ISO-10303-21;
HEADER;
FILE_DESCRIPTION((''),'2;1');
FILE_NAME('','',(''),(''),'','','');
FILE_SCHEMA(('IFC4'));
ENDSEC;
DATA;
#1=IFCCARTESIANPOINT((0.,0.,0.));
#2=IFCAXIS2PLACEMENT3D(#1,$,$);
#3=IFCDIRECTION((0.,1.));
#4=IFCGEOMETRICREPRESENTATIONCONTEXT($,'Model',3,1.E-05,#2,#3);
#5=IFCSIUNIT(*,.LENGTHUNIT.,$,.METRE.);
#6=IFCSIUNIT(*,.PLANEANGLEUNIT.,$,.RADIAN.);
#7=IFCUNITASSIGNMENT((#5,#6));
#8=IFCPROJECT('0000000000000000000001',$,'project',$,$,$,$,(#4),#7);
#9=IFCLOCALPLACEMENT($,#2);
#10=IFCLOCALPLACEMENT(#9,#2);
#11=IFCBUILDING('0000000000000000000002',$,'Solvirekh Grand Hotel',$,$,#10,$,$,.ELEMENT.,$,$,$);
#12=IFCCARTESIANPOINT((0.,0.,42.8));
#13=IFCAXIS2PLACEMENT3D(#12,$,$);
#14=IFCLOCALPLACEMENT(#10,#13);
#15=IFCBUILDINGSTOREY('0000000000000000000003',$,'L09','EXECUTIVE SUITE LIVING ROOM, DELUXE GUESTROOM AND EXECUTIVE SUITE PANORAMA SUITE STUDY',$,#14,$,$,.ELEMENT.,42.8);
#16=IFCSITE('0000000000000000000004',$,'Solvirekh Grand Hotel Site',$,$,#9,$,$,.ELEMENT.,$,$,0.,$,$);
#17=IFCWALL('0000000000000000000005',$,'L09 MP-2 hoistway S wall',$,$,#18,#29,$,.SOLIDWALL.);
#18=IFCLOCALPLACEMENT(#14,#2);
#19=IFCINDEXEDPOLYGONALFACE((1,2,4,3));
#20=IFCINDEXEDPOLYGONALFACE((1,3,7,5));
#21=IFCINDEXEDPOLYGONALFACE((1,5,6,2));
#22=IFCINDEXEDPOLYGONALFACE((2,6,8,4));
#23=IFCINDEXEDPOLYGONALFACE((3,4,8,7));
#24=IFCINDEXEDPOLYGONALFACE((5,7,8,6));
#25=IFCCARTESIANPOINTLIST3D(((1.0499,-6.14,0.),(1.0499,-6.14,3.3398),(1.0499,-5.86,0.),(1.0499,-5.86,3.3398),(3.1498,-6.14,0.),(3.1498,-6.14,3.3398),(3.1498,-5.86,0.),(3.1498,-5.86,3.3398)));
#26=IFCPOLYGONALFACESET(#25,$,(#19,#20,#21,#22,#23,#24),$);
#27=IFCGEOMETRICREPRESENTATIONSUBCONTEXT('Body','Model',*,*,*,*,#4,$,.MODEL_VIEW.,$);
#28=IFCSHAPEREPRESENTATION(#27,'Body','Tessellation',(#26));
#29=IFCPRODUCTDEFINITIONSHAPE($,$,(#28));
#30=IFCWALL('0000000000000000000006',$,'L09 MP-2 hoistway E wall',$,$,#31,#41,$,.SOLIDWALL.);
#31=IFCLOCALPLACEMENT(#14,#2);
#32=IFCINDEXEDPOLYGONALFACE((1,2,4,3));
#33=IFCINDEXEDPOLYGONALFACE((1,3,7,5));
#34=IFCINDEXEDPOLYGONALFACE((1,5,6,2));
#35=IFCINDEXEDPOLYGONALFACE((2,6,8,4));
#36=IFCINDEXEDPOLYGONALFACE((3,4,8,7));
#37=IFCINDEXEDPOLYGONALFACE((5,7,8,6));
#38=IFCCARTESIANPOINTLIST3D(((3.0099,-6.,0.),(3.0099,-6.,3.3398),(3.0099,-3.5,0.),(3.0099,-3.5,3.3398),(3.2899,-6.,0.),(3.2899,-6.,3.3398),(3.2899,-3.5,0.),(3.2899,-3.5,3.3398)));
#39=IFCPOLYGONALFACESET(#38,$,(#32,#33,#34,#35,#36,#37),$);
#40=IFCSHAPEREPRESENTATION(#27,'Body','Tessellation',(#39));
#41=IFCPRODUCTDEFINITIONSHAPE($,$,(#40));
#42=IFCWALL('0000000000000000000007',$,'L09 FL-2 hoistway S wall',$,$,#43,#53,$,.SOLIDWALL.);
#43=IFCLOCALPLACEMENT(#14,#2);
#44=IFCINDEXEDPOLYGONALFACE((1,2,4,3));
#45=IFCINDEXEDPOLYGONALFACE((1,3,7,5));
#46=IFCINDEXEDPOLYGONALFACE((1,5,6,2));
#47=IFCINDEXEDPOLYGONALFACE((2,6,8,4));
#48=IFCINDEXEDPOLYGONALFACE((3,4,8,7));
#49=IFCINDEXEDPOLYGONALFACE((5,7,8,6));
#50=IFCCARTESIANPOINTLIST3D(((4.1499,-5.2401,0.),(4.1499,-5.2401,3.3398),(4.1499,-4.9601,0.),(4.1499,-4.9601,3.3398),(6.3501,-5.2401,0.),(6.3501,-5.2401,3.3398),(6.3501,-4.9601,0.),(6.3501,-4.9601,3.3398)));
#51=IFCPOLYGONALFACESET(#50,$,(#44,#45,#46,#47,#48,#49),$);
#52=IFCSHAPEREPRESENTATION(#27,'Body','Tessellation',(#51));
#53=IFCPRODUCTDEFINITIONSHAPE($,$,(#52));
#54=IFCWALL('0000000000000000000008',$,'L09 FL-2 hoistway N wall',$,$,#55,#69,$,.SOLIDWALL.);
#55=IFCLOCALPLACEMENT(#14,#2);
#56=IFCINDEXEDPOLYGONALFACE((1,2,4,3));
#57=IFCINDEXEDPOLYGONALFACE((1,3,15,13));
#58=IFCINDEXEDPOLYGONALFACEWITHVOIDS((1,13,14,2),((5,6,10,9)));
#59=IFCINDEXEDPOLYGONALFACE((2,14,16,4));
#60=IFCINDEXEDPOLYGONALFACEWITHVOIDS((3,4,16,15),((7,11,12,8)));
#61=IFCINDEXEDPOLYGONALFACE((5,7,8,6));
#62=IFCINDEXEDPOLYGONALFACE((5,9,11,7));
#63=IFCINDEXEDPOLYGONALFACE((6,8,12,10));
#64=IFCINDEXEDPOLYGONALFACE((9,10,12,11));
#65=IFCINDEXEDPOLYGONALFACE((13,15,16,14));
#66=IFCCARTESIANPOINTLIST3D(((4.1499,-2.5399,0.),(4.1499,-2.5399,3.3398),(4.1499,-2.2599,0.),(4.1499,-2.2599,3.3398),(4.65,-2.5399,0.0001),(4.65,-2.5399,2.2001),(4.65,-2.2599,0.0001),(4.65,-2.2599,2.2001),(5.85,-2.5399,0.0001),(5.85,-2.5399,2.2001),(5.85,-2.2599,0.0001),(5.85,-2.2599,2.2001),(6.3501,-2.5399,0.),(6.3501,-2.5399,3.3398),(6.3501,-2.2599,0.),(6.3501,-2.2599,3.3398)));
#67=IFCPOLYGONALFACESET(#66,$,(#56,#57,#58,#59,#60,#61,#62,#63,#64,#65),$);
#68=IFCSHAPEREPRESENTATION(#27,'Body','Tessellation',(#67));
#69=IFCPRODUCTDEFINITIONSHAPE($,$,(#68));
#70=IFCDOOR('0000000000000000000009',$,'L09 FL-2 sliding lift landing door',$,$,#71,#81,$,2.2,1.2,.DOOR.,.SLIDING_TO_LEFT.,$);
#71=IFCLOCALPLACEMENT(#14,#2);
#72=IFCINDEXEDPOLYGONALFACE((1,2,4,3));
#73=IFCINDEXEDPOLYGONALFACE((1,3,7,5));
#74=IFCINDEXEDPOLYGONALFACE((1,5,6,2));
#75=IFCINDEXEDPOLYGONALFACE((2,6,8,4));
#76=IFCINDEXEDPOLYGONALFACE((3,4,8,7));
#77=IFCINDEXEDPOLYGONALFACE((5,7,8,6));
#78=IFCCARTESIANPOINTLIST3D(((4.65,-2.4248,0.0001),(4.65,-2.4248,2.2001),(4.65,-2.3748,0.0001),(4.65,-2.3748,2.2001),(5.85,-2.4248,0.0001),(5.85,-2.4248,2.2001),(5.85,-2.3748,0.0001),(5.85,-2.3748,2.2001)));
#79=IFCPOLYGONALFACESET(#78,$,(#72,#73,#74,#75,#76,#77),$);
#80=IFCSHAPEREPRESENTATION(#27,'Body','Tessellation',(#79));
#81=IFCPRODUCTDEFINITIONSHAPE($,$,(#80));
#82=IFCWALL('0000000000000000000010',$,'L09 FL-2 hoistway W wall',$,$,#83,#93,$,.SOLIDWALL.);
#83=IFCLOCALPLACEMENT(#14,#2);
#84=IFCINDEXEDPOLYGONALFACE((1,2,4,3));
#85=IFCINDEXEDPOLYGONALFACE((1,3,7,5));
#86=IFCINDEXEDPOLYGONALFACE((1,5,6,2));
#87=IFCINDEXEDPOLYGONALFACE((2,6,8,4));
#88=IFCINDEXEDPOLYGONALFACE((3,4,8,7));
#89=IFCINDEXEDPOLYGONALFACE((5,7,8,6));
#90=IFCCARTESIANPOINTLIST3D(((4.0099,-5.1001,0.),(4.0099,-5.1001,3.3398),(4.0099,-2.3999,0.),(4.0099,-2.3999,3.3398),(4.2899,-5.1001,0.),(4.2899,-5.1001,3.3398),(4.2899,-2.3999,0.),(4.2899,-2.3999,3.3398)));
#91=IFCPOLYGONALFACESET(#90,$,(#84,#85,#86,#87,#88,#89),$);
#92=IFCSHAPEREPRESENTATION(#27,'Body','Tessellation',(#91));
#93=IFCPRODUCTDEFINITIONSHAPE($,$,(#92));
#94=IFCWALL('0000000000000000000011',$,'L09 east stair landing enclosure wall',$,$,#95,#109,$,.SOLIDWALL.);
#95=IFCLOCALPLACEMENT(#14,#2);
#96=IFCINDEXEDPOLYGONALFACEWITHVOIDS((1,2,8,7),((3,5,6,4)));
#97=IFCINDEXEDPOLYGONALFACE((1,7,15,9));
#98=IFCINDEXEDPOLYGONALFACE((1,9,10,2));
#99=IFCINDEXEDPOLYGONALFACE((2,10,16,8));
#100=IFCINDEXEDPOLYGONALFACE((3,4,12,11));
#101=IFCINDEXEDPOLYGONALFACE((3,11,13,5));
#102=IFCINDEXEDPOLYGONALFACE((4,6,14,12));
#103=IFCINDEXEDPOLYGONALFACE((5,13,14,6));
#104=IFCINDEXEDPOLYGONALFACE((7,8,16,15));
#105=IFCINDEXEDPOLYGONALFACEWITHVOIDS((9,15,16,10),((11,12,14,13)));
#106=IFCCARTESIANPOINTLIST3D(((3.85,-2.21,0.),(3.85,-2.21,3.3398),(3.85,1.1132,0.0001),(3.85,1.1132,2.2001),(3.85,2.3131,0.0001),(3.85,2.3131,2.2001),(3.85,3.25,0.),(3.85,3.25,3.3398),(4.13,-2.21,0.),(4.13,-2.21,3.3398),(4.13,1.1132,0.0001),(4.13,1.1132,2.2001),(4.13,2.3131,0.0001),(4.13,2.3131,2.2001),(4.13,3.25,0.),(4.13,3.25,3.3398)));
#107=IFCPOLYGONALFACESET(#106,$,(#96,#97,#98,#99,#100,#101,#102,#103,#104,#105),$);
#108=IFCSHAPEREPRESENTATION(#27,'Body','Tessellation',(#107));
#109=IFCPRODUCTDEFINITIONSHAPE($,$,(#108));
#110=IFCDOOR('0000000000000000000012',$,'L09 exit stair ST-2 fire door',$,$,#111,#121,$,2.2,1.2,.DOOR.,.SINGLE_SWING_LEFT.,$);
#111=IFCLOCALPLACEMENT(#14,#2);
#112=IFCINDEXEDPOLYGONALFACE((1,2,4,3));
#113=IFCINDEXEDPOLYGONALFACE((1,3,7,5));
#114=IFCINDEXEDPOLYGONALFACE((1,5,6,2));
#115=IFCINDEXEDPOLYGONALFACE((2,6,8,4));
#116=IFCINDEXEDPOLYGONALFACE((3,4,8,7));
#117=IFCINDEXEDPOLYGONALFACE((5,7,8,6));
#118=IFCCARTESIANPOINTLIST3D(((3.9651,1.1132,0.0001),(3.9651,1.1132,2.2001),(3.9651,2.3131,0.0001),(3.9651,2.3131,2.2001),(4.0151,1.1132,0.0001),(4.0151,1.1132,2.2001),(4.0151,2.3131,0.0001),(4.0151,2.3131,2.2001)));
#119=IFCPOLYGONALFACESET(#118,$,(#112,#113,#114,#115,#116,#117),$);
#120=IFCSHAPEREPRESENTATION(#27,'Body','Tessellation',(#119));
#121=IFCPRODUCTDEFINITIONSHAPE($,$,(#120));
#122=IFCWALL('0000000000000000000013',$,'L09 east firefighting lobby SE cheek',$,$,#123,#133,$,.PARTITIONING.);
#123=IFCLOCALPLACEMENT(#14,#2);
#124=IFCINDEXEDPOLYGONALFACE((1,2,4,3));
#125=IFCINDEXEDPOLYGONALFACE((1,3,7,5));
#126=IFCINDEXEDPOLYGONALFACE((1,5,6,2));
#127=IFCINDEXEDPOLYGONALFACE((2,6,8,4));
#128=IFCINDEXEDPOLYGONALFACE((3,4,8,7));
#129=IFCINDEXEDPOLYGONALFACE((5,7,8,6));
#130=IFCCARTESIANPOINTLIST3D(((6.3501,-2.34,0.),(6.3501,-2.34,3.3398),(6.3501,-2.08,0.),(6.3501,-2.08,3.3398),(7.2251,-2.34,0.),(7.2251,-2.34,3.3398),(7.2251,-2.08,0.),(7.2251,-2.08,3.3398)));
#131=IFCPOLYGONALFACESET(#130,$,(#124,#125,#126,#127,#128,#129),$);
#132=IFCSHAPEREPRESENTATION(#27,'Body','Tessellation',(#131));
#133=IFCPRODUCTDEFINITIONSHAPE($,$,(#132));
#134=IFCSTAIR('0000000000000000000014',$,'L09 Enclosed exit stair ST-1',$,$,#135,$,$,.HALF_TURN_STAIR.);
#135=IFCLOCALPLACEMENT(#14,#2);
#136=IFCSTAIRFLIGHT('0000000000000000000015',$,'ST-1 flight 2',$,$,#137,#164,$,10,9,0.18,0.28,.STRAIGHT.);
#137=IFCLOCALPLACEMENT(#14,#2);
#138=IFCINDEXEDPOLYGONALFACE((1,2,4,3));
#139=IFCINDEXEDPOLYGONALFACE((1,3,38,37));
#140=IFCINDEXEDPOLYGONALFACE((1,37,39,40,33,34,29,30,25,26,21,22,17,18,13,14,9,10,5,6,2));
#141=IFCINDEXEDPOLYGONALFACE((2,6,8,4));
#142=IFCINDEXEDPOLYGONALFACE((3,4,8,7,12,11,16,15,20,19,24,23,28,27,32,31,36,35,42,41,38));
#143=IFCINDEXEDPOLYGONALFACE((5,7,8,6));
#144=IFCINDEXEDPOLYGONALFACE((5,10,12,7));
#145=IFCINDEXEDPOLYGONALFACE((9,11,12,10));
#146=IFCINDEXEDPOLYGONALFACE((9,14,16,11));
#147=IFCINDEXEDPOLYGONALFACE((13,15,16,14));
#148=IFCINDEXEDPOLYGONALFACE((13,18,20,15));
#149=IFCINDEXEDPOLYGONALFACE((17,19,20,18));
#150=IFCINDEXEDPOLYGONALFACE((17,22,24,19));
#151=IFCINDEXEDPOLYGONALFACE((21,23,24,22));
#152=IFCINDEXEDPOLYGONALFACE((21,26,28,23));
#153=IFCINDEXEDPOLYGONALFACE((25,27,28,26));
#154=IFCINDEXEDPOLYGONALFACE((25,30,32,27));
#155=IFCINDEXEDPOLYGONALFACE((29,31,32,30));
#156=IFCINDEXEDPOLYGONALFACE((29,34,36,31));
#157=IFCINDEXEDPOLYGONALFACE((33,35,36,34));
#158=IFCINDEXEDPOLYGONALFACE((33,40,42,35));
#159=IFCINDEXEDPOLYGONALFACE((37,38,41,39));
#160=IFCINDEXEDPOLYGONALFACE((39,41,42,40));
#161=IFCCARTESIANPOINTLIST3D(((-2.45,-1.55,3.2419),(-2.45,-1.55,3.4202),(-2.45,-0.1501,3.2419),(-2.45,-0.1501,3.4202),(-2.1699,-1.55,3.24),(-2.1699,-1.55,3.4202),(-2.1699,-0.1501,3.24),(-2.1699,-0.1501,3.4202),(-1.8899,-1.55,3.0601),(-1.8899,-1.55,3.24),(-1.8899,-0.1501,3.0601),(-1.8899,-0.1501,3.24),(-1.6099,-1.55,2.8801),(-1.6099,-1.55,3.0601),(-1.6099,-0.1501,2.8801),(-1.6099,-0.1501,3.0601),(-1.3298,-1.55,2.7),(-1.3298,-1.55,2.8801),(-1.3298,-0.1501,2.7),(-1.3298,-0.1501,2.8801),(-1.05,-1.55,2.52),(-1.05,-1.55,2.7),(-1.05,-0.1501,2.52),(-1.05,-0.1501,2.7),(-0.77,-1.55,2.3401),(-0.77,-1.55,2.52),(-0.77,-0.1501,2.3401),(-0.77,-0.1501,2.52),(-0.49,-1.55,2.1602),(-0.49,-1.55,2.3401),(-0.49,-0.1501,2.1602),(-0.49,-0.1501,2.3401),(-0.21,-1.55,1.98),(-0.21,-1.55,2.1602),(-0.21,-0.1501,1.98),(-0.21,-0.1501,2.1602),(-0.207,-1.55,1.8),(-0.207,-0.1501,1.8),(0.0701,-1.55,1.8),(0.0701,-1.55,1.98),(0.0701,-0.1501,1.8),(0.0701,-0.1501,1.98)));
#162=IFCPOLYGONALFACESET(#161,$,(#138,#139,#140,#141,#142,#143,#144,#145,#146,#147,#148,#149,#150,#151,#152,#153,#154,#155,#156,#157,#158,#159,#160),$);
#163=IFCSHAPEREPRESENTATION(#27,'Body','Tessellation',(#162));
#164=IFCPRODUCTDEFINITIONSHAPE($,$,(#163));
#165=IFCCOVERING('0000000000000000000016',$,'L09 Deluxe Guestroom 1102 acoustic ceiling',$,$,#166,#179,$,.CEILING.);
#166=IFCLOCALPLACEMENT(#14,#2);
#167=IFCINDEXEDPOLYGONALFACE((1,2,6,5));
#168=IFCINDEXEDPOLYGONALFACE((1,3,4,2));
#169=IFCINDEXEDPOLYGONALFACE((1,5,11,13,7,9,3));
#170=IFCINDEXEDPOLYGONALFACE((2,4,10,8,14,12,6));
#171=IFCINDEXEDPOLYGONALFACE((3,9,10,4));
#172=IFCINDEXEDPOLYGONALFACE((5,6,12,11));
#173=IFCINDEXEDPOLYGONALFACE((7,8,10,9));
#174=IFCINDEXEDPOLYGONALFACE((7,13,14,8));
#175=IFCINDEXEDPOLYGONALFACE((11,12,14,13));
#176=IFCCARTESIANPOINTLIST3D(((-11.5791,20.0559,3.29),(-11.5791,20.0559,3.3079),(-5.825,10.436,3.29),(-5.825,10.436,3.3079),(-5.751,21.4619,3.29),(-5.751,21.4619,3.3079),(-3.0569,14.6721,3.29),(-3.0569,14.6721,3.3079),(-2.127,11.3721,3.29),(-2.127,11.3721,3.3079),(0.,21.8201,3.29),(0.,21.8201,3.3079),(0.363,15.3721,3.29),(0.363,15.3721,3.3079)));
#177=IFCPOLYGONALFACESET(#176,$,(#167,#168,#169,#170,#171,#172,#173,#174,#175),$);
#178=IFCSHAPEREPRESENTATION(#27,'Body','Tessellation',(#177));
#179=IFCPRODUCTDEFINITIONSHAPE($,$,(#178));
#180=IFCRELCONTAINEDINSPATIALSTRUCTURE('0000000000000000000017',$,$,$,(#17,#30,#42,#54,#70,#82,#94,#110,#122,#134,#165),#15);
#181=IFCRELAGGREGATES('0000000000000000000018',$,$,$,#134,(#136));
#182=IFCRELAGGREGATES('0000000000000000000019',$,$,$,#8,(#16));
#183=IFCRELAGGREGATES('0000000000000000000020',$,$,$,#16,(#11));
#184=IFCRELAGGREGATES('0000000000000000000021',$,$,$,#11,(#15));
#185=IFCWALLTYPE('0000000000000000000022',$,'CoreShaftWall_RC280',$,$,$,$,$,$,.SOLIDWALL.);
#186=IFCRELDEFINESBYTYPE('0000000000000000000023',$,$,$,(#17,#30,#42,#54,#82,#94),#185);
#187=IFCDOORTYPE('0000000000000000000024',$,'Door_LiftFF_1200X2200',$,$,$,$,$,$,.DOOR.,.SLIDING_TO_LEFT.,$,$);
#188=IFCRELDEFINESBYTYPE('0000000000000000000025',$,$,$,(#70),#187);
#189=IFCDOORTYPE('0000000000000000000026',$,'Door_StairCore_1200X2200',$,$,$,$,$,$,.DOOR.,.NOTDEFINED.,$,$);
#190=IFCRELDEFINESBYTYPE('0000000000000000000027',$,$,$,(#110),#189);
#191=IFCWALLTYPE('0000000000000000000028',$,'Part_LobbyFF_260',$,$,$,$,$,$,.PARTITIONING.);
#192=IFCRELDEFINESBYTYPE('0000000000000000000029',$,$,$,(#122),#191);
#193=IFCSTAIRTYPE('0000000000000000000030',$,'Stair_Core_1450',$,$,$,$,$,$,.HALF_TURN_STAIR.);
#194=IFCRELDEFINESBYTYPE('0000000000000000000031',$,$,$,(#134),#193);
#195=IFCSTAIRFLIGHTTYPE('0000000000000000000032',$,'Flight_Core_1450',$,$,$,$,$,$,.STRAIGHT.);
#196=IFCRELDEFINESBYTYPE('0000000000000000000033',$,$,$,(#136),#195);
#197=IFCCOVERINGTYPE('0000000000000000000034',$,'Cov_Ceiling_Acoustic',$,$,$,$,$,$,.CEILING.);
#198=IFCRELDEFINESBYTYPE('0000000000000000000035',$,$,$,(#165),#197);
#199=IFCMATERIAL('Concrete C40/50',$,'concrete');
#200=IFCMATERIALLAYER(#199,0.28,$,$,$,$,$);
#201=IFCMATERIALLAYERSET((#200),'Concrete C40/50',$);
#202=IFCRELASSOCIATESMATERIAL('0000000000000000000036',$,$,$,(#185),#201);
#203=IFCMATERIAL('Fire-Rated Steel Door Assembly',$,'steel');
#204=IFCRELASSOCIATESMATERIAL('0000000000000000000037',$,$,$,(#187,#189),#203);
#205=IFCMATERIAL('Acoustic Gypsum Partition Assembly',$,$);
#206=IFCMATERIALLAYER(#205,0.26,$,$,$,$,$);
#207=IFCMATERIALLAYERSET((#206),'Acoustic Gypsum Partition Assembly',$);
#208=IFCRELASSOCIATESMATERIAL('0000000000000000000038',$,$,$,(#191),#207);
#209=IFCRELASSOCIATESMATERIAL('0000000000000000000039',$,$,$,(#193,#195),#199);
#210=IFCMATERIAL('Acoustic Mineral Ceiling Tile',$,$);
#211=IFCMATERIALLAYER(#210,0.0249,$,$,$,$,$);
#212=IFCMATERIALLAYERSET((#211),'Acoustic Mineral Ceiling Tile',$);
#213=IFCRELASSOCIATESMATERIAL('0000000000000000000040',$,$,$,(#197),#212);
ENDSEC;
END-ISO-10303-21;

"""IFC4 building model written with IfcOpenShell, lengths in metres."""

from ifc_helpers import new_model, si_unit, direction, frame, frame_2d, origin, place, context, subcontext, project, spatial, polyline, rectangle, outline, extrude, material, layer, layer_set, type_object, element, fill, aggregate, save


model = new_model("IFC4")

# Units and contexts
model_context = context("Model", 3, precision=1e-05, world=origin(), true_north=direction((0.0, 1.0)))
body_context = subcontext(model_context, "Body", "Model", "MODEL_VIEW")
ifc_project = project(units=[si_unit("LENGTHUNIT", "METRE"), si_unit("PLANEANGLEUNIT", "RADIAN")], contexts=[model_context])

# Site, building, storey
site_placement = place(None, origin())
site = spatial("IfcSite", under=ifc_project, at=site_placement, Name="Solvirekh Grand Hotel Site", CompositionType="ELEMENT", RefElevation=0.0)
building_placement = place(site_placement, origin())
building = spatial("IfcBuilding", under=site, at=building_placement, Name="Solvirekh Grand Hotel", CompositionType="ELEMENT")
storey_placement = place(building_placement, frame((0.0, 0.0, 42.8)))
storey = spatial("IfcBuildingStorey", under=building, at=storey_placement, Name="L09", Description="EXECUTIVE SUITE LIVING ROOM, DELUXE GUESTROOM AND EXECUTIVE SUITE PANORAMA SUITE STUDY", CompositionType="ELEMENT", Elevation=42.8)

# Walls
ifc_material_1 = material(Name="Concrete C40/50", Category="concrete")
ifc_layer_1 = layer(ifc_material_1, 0.28)
ifc_layer_set_1 = layer_set([ifc_layer_1], Name="Concrete C40/50")
wall_type_1 = type_object("IfcWallType", Name="CoreShaftWall_RC280", PredefinedType="SOLIDWALL", material=ifc_layer_set_1)
wall_1_placement = place(storey_placement, frame((1.05, -6.0, 0.0), z_axis=(0.0, 0.0, 1.0), x_axis=(1.0, 0.0, 0.0)))
element("IfcWall", 1, at=wall_1_placement, inside=storey, type_object=wall_type_1, Name="L09 MP-2 hoistway S wall", PredefinedType="SOLIDWALL", context=body_context, shape_type="SweptSolid", body=[
    extrude(rectangle(XDim=2.0999, YDim=0.28, at=frame_2d((1.0498, 0.0))), origin(), (0.0, 0.0, 1.0), 3.3398),
])
wall_2_placement = place(storey_placement, frame((3.1499, -6.0, 0.0), z_axis=(0.0, 0.0, 1.0), x_axis=(0.0, 1.0, 0.0)))
element("IfcWall", 2, at=wall_2_placement, inside=storey, type_object=wall_type_1, Name="L09 MP-2 hoistway E wall", PredefinedType="SOLIDWALL", context=body_context, shape_type="SweptSolid", body=[
    extrude(rectangle(XDim=2.5, YDim=0.28, at=frame_2d((1.25, 0.0))), origin(), (0.0, 0.0, 1.0), 3.3398),
])
wall_3_placement = place(storey_placement, frame((4.1499, -5.1001, 0.0), z_axis=(0.0, 0.0, 1.0), x_axis=(1.0, 0.0, 0.0)))
element("IfcWall", 3, at=wall_3_placement, inside=storey, type_object=wall_type_1, Name="L09 FL-2 hoistway S wall", PredefinedType="SOLIDWALL", context=body_context, shape_type="SweptSolid", body=[
    extrude(rectangle(XDim=2.2002, YDim=0.28, at=frame_2d((1.1001, 0.0))), origin(), (0.0, 0.0, 1.0), 3.3398),
])

# Wall, opening, door
wall_4_placement = place(storey_placement, frame((6.3501, -2.3999, 0.0), z_axis=(0.0, 0.0, 1.0), x_axis=(-1.0, 0.0, 0.0)))
wall_4 = element("IfcWall", 4, at=wall_4_placement, inside=storey, type_object=wall_type_1, Name="L09 FL-2 hoistway N wall", PredefinedType="SOLIDWALL", context=body_context, shape_type="SweptSolid", body=[
    extrude(rectangle(XDim=2.2002, YDim=0.28, at=frame_2d((1.1001, 0.0))), origin(), (0.0, 0.0, 1.0), 3.3398),
])
opening_1_placement = place(wall_4_placement, frame((0.5, 0.0, 0.0)))
opening_1 = element("IfcOpeningElement", 5, at=opening_1_placement, cuts=wall_4, PredefinedType="OPENING", context=body_context, shape_type="SweptSolid", body=[
    extrude(rectangle(XDim=1.2, YDim=2.2, at=frame_2d((0.6001, 1.1001))), frame((0.0, 0.1499, 0.0), z_axis=(0.0, -1.0, 0.0), x_axis=(1.0, 0.0, 0.0)), (0.0, 0.0, 1.0), 0.3),
])
ifc_material_2 = material(Name="Fire-Rated Steel Door Assembly", Category="steel")
door_type_1 = type_object("IfcDoorType", Name="Door_LiftFF_1200X2200", OperationType="SLIDING_TO_LEFT", PredefinedType="DOOR", material=ifc_material_2)
door_1_placement = place(opening_1_placement, origin())
door_1 = element("IfcDoor", 6, at=door_1_placement, inside=storey, type_object=door_type_1, Name="L09 FL-2 sliding lift landing door", OperationType="SLIDING_TO_LEFT", OverallHeight=2.2, OverallWidth=1.2, PredefinedType="DOOR", context=body_context, shape_type="SweptSolid", body=[
    extrude(rectangle(XDim=1.2, YDim=2.2, at=frame_2d((0.6001, 1.1001))), frame((0.0, 0.0249, 0.0), z_axis=(0.0, -1.0, 0.0), x_axis=(1.0, 0.0, 0.0)), (0.0, 0.0, 1.0), 0.05),
])
fill(opening_1, door_1)

# Wall
wall_5_placement = place(storey_placement, frame((4.1499, -2.3999, 0.0), z_axis=(0.0, 0.0, 1.0), x_axis=(0.0, -1.0, 0.0)))
element("IfcWall", 7, at=wall_5_placement, inside=storey, type_object=wall_type_1, Name="L09 FL-2 hoistway W wall", PredefinedType="SOLIDWALL", context=body_context, shape_type="SweptSolid", body=[
    extrude(rectangle(XDim=2.7002, YDim=0.28, at=frame_2d((1.3501, 0.0))), origin(), (0.0, 0.0, 1.0), 3.3398),
])

# Wall, opening, door
wall_6_placement = place(storey_placement, frame((3.99, -2.21, 0.0), z_axis=(0.0, 0.0, 1.0), x_axis=(0.0, 1.0, 0.0)))
wall_6 = element("IfcWall", 8, at=wall_6_placement, inside=storey, type_object=wall_type_1, Name="L09 east stair landing enclosure wall", PredefinedType="SOLIDWALL", context=body_context, shape_type="SweptSolid", body=[
    extrude(rectangle(XDim=5.46, YDim=0.28, at=frame_2d((2.73, 0.0))), origin(), (0.0, 0.0, 1.0), 3.3398),
])
opening_2_placement = place(wall_6_placement, frame((3.323, 0.0, 0.0)))
opening_2 = element("IfcOpeningElement", 9, at=opening_2_placement, cuts=wall_6, PredefinedType="OPENING", context=body_context, shape_type="SweptSolid", body=[
    extrude(rectangle(XDim=1.2, YDim=2.2, at=frame_2d((0.6001, 1.1001))), frame((0.0, 0.1499, 0.0), z_axis=(0.0, -1.0, 0.0), x_axis=(1.0, 0.0, 0.0)), (0.0, 0.0, 1.0), 0.3),
])
door_type_2 = type_object("IfcDoorType", Name="Door_StairCore_1200X2200", OperationType="NOTDEFINED", PredefinedType="DOOR", material=ifc_material_2)
door_2_placement = place(opening_2_placement, origin())
door_2 = element("IfcDoor", 10, at=door_2_placement, inside=storey, type_object=door_type_2, Name="L09 exit stair ST-2 fire door", OperationType="SINGLE_SWING_LEFT", OverallHeight=2.2, OverallWidth=1.2, PredefinedType="DOOR", context=body_context, shape_type="SweptSolid", body=[
    extrude(rectangle(XDim=1.2, YDim=2.2, at=frame_2d((0.6001, 1.1001))), frame((0.0, 0.0249, 0.0), z_axis=(0.0, -1.0, 0.0), x_axis=(1.0, 0.0, 0.0)), (0.0, 0.0, 1.0), 0.05),
])
fill(opening_2, door_2)

# Wall
ifc_material_3 = material(Name="Acoustic Gypsum Partition Assembly")
ifc_layer_2 = layer(ifc_material_3, 0.26)
ifc_layer_set_2 = layer_set([ifc_layer_2], Name="Acoustic Gypsum Partition Assembly")
wall_type_2 = type_object("IfcWallType", Name="Part_LobbyFF_260", PredefinedType="PARTITIONING", material=ifc_layer_set_2)
wall_7_placement = place(storey_placement, frame((6.3501, -2.21, 0.0), z_axis=(0.0, 0.0, 1.0), x_axis=(1.0, 0.0, 0.0)))
element("IfcWall", 11, at=wall_7_placement, inside=storey, type_object=wall_type_2, Name="L09 east firefighting lobby SE cheek", PredefinedType="PARTITIONING", context=body_context, shape_type="SweptSolid", body=[
    extrude(rectangle(XDim=0.875, YDim=0.26, at=frame_2d((0.4375, 0.0))), origin(), (0.0, 0.0, 1.0), 3.3398),
])

# Stair, stair flight
stair_type = type_object("IfcStairType", Name="Stair_Core_1450", PredefinedType="HALF_TURN_STAIR", material=ifc_material_1)
stair_placement = place(storey_placement, origin())
stair = element("IfcStair", 12, at=stair_placement, inside=storey, type_object=stair_type, Name="L09 Enclosed exit stair ST-1", PredefinedType="HALF_TURN_STAIR")
stair_flight_type = type_object("IfcStairFlightType", Name="Flight_Core_1450", PredefinedType="STRAIGHT", material=ifc_material_1)
stair_flight_placement = place(storey_placement, frame((0.0701, -0.8501, 1.8), z_axis=(0.0, 0.0, 1.0), x_axis=(-1.0, 0.0, 0.0)))
stair_flight = element("IfcStairFlight", 13, at=stair_flight_placement, type_object=stair_flight_type, Name="ST-1 flight 2", NumberOfRisers=10, NumberOfTreads=9, PredefinedType="STRAIGHT", RiserHeight=0.18, TreadLength=0.28, context=body_context, shape_type="SweptSolid", body=[
    extrude(outline(polyline([(0.0, 0.0), (0.0, 0.1799), (0.28, 0.1799), (0.28, 0.3601), (0.5601, 0.3601), (0.5601, 0.54), (0.8401, 0.54), (0.8401, 0.72), (1.1201, 0.72), (1.1201, 0.8999), (1.3999, 0.8999), (1.3999, 1.0801), (1.6799, 1.0801), (1.6799, 1.26), (1.96, 1.26), (1.96, 1.4399), (2.24, 1.4399), (2.24, 1.6201), (2.52, 1.6201), (2.52, 1.8), (2.52, 1.4419), (0.2771, 0.0), (0.0, 0.0)])), frame((0.0, 0.7, 0.0), z_axis=(0.0, -1.0, 0.0), x_axis=(1.0, 0.0, 0.0)), (0.0, 0.0, 1.0), 1.3999),
])
aggregate(stair, [stair_flight])

# Covering
ifc_material_4 = material(Name="Acoustic Mineral Ceiling Tile")
ifc_layer_3 = layer(ifc_material_4, 0.0249)
ifc_layer_set_3 = layer_set([ifc_layer_3], Name="Acoustic Mineral Ceiling Tile")
covering_type_1 = type_object("IfcCoveringType", Name="Cov_Ceiling_Acoustic", PredefinedType="CEILING", material=ifc_layer_set_3)
covering_1_placement = place(storey_placement, frame((0.0, 0.0, 3.29)))
element("IfcCovering", 14, at=covering_1_placement, inside=storey, type_object=covering_type_1, Name="L09 Deluxe Guestroom 1102 acoustic ceiling", PredefinedType="CEILING", context=body_context, shape_type="SweptSolid", body=[
    extrude(outline(polyline([(-3.0569, 14.6721), (0.363, 15.3721), (0.0, 21.8201), (-5.751, 21.4619), (-11.5791, 20.0559), (-5.825, 10.436), (-2.127, 11.3721), (-3.0569, 14.6721)])), origin(), (0.0, 0.0, 1.0), 0.0178),
])

save(model, "model.ifc")
